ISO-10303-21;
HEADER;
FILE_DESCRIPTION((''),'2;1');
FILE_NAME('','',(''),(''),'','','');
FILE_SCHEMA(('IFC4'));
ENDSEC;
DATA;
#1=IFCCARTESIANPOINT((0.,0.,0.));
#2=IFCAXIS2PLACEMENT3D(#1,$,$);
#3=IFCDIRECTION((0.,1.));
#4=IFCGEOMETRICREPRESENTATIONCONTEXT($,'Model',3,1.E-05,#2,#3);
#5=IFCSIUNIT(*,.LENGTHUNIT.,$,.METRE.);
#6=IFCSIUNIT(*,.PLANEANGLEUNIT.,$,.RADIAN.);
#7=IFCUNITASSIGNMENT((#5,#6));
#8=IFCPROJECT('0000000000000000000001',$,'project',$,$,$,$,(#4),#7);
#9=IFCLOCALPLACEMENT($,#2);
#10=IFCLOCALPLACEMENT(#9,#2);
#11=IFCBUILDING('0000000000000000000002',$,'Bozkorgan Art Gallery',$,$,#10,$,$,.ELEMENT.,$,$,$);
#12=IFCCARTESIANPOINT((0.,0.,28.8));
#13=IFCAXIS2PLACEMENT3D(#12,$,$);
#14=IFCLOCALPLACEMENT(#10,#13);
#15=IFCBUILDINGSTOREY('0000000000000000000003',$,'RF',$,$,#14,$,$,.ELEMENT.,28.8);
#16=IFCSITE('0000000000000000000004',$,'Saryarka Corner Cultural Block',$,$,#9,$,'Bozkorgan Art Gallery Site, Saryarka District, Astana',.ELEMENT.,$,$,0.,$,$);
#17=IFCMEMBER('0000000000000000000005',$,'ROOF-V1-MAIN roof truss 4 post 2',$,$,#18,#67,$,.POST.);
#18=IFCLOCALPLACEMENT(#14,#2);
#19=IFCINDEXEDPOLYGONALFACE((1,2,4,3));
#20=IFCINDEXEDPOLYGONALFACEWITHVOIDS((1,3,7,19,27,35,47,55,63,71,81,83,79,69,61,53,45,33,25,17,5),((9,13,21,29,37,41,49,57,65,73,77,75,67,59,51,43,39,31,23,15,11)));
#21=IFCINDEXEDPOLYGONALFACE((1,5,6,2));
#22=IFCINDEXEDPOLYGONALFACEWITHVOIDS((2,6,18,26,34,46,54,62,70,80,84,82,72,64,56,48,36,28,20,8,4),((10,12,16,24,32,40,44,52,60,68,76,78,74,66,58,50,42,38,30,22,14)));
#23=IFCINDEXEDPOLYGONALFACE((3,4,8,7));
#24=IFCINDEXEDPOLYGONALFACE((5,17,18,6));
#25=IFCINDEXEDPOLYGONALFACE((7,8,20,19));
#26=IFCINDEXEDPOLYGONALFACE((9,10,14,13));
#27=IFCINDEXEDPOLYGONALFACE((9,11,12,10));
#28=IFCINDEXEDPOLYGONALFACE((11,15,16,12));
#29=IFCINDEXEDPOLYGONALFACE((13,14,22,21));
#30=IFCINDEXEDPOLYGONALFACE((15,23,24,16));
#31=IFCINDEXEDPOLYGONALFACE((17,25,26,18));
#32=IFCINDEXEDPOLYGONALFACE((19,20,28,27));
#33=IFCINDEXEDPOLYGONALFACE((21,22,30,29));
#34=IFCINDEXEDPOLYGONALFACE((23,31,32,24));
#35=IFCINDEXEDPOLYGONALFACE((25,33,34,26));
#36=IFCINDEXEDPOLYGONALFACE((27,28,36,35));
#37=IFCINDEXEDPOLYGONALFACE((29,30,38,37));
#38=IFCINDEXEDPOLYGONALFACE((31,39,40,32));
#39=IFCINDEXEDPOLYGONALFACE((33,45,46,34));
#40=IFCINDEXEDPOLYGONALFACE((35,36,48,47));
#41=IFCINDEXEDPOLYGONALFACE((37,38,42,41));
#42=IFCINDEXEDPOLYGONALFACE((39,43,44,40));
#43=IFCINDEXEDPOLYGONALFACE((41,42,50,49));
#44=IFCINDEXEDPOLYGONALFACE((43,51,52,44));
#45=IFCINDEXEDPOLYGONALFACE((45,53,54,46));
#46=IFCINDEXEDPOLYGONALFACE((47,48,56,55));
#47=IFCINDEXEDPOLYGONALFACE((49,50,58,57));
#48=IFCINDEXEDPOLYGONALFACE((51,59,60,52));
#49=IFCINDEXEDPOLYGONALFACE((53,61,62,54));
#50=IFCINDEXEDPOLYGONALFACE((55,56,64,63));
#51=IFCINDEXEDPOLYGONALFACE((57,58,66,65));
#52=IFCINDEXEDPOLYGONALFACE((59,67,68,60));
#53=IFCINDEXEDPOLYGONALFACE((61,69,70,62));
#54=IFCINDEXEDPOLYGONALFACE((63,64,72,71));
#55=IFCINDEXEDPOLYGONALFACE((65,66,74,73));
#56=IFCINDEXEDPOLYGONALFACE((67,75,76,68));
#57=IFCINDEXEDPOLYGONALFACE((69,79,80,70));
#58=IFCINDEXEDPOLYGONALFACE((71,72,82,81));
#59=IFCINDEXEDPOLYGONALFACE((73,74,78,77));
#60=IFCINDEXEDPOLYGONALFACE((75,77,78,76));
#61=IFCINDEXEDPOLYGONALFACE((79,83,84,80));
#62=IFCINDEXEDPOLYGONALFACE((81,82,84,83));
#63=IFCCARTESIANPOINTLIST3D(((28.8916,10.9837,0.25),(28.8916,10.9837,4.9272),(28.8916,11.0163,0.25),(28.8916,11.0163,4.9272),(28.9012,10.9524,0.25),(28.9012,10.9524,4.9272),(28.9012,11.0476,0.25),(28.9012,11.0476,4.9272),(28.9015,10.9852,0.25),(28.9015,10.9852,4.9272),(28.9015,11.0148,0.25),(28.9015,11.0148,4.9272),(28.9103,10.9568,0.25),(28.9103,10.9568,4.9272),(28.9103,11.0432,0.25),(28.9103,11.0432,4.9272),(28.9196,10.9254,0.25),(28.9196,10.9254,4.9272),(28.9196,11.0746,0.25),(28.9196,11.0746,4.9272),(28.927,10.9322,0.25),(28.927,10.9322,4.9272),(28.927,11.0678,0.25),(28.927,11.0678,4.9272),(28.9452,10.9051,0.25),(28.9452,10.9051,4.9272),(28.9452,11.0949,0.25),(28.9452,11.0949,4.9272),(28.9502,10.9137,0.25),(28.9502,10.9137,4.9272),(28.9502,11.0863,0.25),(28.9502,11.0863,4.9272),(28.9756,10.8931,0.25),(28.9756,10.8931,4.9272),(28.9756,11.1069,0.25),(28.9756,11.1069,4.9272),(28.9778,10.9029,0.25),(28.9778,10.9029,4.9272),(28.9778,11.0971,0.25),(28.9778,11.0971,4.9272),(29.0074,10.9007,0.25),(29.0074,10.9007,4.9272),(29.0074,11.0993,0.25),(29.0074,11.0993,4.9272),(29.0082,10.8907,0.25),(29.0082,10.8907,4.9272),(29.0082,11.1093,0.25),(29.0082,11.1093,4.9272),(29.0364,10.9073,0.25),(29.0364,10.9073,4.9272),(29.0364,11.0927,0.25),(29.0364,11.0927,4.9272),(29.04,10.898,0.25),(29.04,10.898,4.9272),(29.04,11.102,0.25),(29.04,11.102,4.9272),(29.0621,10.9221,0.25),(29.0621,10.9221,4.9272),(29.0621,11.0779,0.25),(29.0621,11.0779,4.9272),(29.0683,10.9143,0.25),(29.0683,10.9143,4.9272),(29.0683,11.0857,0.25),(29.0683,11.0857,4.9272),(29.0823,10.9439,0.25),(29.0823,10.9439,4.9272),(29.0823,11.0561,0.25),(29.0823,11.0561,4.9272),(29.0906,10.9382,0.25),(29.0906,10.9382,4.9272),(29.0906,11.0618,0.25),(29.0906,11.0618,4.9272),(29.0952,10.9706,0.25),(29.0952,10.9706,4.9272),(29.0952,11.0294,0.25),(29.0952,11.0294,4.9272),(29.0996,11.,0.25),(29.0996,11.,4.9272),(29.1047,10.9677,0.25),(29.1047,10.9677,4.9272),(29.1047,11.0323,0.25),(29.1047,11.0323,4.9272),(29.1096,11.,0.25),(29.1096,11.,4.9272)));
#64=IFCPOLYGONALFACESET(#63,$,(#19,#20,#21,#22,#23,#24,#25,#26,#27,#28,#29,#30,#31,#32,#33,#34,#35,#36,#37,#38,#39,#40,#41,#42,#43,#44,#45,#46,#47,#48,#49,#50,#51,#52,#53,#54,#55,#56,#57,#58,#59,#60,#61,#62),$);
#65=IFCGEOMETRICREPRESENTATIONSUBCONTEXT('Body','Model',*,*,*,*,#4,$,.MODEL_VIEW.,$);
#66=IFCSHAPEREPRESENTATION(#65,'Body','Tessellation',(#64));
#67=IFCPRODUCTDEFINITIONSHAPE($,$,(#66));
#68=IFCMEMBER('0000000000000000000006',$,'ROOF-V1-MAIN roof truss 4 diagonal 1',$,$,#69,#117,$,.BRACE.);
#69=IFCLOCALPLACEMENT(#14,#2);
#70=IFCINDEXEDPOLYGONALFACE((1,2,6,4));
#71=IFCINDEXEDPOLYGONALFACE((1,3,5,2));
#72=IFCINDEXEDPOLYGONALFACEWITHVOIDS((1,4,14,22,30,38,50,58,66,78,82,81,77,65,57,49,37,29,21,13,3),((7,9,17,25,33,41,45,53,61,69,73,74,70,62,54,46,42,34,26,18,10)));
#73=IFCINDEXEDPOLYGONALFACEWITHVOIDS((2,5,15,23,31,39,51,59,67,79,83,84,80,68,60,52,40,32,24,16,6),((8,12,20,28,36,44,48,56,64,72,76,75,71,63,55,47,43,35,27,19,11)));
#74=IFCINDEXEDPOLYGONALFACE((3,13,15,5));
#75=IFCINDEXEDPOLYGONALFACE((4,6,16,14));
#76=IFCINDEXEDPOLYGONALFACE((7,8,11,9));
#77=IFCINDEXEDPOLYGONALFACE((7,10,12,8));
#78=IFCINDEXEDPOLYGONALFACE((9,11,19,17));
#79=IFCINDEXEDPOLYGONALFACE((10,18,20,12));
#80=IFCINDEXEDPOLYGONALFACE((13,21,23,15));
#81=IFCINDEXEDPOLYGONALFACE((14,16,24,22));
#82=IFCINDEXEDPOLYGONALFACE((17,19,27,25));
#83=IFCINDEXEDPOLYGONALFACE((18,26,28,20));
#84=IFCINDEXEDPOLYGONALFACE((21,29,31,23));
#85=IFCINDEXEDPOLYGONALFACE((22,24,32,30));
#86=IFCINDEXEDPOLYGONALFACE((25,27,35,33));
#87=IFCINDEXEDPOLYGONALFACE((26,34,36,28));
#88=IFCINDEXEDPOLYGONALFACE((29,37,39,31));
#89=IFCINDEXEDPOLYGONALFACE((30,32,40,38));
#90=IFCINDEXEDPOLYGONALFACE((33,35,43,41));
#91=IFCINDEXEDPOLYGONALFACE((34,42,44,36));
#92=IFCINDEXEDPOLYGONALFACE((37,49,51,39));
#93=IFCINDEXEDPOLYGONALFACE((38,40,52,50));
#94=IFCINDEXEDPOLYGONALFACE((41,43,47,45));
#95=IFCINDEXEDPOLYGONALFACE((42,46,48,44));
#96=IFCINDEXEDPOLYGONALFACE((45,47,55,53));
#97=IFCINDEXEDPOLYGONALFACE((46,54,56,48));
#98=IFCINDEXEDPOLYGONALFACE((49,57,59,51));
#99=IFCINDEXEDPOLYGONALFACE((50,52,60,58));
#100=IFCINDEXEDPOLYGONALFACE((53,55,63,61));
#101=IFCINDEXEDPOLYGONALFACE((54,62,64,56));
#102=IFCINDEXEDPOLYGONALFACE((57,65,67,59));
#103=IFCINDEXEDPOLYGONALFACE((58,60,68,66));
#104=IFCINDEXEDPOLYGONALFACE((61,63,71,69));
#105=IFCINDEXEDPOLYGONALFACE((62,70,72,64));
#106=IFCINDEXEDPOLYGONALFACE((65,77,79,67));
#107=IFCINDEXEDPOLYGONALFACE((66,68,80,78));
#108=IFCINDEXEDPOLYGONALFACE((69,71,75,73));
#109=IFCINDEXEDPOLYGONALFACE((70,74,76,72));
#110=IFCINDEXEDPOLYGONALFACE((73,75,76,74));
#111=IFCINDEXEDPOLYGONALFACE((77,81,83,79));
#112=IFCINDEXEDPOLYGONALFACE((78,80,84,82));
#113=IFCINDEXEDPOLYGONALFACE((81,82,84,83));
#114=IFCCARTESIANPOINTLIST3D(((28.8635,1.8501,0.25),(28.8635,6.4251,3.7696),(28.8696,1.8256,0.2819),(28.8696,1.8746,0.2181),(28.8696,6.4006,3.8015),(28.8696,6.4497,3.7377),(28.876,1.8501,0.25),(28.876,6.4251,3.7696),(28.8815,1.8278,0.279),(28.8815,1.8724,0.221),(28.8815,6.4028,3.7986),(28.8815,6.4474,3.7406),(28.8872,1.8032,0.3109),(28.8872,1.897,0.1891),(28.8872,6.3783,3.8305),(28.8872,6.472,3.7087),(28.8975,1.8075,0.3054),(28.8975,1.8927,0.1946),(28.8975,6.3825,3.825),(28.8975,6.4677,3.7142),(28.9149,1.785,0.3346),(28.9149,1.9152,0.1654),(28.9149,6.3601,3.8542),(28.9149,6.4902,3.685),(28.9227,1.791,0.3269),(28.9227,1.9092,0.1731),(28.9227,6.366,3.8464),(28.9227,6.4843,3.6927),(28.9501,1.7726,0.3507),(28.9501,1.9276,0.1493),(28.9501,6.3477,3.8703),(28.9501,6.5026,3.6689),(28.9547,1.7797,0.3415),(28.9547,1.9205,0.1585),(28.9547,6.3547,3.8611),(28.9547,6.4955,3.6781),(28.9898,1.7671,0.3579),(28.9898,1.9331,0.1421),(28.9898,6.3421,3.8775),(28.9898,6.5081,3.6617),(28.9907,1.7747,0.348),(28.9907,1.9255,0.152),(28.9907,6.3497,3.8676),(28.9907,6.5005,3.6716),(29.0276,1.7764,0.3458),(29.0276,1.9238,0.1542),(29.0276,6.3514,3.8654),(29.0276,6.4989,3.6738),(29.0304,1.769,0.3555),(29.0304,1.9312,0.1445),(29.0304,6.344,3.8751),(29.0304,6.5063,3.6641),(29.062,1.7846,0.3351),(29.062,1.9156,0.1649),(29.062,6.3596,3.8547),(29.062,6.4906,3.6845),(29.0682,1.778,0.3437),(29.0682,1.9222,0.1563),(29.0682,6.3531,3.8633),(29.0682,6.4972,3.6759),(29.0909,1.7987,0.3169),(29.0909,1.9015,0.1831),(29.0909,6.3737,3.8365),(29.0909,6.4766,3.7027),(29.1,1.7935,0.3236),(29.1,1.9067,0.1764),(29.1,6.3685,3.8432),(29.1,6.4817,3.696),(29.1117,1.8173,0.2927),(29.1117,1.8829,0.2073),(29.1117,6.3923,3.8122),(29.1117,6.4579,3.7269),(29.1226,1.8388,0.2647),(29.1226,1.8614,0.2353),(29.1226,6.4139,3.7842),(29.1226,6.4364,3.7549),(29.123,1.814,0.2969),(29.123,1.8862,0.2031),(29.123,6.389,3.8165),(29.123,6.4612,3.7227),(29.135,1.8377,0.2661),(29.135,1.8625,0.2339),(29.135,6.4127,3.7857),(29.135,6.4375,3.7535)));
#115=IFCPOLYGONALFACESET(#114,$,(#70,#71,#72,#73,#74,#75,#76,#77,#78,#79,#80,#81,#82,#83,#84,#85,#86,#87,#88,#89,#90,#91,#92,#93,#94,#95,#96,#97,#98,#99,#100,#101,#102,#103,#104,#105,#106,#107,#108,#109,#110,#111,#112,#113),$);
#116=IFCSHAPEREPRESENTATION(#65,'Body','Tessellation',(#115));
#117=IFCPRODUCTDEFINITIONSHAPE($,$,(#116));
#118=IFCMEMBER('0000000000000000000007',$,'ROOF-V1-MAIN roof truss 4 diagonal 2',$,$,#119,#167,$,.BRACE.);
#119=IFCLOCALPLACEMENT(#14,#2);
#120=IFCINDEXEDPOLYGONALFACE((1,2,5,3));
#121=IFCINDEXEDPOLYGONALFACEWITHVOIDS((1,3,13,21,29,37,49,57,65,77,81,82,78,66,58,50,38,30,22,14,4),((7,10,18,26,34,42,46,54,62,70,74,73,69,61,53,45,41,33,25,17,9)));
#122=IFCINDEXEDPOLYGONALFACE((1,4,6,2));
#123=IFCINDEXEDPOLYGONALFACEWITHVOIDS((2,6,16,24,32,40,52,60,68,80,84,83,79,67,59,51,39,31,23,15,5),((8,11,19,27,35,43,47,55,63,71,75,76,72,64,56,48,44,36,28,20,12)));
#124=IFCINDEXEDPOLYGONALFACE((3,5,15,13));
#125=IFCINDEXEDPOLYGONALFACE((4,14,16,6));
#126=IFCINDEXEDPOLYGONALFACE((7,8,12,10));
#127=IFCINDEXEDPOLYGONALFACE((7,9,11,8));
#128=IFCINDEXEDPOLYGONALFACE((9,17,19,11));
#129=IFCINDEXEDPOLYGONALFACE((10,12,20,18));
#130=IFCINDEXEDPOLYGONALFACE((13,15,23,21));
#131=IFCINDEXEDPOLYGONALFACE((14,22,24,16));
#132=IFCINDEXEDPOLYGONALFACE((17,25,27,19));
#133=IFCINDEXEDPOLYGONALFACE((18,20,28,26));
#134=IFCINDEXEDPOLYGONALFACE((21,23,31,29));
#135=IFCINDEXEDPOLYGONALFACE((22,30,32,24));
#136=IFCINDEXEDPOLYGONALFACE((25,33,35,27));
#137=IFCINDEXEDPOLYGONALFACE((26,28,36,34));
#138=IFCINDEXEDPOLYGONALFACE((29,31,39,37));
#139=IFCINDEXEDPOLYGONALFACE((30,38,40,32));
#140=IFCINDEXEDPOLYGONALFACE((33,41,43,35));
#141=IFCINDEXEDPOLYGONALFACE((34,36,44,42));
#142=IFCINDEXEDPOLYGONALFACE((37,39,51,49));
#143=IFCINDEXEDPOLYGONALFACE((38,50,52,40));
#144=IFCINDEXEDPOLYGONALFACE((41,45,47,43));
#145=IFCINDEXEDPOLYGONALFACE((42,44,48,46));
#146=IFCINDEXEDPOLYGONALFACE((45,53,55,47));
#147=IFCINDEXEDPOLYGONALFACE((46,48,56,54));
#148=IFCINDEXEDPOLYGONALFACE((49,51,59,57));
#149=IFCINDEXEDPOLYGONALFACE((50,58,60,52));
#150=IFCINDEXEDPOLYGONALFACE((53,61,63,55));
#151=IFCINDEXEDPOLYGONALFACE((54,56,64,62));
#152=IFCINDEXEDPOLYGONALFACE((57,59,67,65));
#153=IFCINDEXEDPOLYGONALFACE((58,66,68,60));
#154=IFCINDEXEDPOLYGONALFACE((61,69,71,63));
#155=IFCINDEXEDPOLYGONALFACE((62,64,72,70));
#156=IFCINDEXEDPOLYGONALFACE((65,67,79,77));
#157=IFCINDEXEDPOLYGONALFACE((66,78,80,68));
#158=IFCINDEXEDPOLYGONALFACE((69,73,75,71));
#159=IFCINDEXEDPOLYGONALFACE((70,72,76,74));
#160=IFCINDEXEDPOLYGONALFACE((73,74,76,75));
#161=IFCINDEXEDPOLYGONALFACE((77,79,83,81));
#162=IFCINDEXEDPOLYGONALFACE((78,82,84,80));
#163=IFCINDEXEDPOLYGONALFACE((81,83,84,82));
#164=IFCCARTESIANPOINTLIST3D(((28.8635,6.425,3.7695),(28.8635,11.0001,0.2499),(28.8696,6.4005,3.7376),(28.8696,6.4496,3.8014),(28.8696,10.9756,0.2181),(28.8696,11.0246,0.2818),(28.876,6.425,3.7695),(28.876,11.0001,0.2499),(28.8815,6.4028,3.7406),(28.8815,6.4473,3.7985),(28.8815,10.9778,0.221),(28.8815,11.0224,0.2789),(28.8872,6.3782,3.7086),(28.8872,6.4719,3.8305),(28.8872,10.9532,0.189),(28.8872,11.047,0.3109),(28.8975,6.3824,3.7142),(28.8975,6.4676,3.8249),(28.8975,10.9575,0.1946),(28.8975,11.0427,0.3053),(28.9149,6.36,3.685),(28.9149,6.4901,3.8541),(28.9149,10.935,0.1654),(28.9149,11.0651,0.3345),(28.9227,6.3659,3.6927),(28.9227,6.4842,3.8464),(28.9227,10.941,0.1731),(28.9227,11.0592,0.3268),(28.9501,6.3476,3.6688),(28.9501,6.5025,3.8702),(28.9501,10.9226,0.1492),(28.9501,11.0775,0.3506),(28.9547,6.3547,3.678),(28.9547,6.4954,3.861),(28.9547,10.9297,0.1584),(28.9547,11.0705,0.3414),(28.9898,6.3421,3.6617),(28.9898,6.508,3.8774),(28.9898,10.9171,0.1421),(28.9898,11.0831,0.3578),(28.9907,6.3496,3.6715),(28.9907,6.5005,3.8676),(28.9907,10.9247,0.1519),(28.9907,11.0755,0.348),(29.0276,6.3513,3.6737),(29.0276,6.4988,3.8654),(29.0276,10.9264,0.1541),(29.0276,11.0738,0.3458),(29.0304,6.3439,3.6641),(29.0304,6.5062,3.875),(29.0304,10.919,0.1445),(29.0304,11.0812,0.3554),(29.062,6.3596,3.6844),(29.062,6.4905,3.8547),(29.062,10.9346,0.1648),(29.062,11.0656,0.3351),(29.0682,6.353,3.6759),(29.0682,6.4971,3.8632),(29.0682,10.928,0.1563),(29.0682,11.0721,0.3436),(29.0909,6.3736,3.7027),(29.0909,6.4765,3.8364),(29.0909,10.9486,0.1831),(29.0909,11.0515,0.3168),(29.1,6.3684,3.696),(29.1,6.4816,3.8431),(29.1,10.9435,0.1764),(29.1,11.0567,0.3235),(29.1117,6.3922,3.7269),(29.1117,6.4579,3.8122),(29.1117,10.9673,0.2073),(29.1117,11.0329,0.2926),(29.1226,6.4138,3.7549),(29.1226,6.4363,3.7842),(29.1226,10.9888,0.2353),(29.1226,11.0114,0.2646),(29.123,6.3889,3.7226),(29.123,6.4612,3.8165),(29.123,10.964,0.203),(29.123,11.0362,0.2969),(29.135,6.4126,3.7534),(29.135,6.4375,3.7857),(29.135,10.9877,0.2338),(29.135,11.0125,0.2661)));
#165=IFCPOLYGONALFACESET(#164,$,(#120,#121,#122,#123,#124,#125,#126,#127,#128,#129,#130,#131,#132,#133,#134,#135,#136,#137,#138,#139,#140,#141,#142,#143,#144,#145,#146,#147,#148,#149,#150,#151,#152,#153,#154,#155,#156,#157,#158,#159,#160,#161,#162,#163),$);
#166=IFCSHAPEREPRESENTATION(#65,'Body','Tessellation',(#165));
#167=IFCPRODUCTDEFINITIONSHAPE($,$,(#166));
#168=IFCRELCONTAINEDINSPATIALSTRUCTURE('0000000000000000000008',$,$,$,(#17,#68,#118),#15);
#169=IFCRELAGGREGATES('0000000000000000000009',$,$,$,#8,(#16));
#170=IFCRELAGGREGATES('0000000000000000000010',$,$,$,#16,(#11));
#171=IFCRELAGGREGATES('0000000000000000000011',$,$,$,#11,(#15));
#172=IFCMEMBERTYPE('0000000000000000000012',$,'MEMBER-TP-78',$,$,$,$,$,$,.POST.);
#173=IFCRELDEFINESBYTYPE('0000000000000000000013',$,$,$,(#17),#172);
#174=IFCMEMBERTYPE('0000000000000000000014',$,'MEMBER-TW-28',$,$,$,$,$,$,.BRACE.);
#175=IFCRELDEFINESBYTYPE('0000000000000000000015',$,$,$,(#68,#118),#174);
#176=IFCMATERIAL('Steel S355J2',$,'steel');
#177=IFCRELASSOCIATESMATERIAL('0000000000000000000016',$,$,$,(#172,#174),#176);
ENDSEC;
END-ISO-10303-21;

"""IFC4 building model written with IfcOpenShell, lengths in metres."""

from ifc_helpers import new_model, si_unit, direction, frame, origin, origin_2d, place, context, subcontext, project, spatial, hollow_circle, extrude, material, material_profile, profile_set, type_object, element, save


model = new_model("IFC4")

# Units and contexts
model_context = context("Model", 3, precision=1e-05, world=origin(), true_north=direction((0.0, 1.0)))
body_context = subcontext(model_context, "Body", "Model", "MODEL_VIEW")
ifc_project = project(units=[si_unit("LENGTHUNIT", "METRE"), si_unit("PLANEANGLEUNIT", "RADIAN")], contexts=[model_context])

# Site, building, storey
site_placement = place(None, origin())
site = spatial("IfcSite", under=ifc_project, at=site_placement, Name="Saryarka Corner Cultural Block", LongName="Bozkorgan Art Gallery Site, Saryarka District, Astana", CompositionType="ELEMENT", RefElevation=0.0)
building_placement = place(site_placement, origin())
building = spatial("IfcBuilding", under=site, at=building_placement, Name="Bozkorgan Art Gallery", CompositionType="ELEMENT")
storey_placement = place(building_placement, frame((0.0, 0.0, 28.8)))
storey = spatial("IfcBuildingStorey", under=building, at=storey_placement, Name="RF", CompositionType="ELEMENT", Elevation=28.8)

# Shared definitions
ifc_material_1 = material(Name="Steel S355J2", Category="steel")

# Members
ifc_material_profile_1 = material_profile(ifc_material_1, hollow_circle(Radius=0.1096, WallThickness=0.01, at=origin_2d()), Name="CHS 219.1x10")
ifc_profile_set_1 = profile_set([ifc_material_profile_1], Name="Steel S355J2")
member_type_1 = type_object("IfcMemberType", Name="MEMBER-TP-78", PredefinedType="POST", material=ifc_profile_set_1)
member_1_placement = place(storey_placement, frame((29.0, 11.0, 0.25), z_axis=(0.0, 0.0, 1.0), x_axis=(1.0, 0.0, 0.0)))
element("IfcMember", 1, at=member_1_placement, inside=storey, type_object=member_type_1, Name="ROOF-V1-MAIN roof truss 4 post 2", PredefinedType="POST", context=body_context, shape_type="SweptSolid", body=[
    extrude(hollow_circle(Radius=0.1096, WallThickness=0.01, at=origin_2d()), origin(), (0.0, 0.0, 1.0), 4.6772),
])
ifc_material_profile_2 = material_profile(ifc_material_1, hollow_circle(Radius=0.1365, WallThickness=0.0125, at=origin_2d()), Name="CHS 273x12.5")
ifc_profile_set_2 = profile_set([ifc_material_profile_2], Name="Steel S355J2")
member_type_2 = type_object("IfcMemberType", Name="MEMBER-TW-28", PredefinedType="BRACE", material=ifc_profile_set_2)
for number, where, z_axis, x_axis, name in (
    (2, (29.0, 1.8501, 0.25), (0.0, 0.792596, 0.609748), (-1.0, 0.0, 0.0), "ROOF-V1-MAIN roof truss 4 diagonal 1"),
    (3, (29.0, 6.425, 3.7695), (0.0, 0.792596, -0.609748), (-1.0, 0.0, 0.0), "ROOF-V1-MAIN roof truss 4 diagonal 2"),
):
    element("IfcMember", number, at=place(storey_placement, frame(where, z_axis=z_axis, x_axis=x_axis)), inside=storey, type_object=member_type_2, Name=name, PredefinedType="BRACE", context=body_context, shape_type="SweptSolid", body=[
        extrude(hollow_circle(Radius=0.1365, WallThickness=0.0125, at=origin_2d()), origin(), (0.0, 0.0, 1.0), 5.7722),
    ])

save(model, "model.ifc")
